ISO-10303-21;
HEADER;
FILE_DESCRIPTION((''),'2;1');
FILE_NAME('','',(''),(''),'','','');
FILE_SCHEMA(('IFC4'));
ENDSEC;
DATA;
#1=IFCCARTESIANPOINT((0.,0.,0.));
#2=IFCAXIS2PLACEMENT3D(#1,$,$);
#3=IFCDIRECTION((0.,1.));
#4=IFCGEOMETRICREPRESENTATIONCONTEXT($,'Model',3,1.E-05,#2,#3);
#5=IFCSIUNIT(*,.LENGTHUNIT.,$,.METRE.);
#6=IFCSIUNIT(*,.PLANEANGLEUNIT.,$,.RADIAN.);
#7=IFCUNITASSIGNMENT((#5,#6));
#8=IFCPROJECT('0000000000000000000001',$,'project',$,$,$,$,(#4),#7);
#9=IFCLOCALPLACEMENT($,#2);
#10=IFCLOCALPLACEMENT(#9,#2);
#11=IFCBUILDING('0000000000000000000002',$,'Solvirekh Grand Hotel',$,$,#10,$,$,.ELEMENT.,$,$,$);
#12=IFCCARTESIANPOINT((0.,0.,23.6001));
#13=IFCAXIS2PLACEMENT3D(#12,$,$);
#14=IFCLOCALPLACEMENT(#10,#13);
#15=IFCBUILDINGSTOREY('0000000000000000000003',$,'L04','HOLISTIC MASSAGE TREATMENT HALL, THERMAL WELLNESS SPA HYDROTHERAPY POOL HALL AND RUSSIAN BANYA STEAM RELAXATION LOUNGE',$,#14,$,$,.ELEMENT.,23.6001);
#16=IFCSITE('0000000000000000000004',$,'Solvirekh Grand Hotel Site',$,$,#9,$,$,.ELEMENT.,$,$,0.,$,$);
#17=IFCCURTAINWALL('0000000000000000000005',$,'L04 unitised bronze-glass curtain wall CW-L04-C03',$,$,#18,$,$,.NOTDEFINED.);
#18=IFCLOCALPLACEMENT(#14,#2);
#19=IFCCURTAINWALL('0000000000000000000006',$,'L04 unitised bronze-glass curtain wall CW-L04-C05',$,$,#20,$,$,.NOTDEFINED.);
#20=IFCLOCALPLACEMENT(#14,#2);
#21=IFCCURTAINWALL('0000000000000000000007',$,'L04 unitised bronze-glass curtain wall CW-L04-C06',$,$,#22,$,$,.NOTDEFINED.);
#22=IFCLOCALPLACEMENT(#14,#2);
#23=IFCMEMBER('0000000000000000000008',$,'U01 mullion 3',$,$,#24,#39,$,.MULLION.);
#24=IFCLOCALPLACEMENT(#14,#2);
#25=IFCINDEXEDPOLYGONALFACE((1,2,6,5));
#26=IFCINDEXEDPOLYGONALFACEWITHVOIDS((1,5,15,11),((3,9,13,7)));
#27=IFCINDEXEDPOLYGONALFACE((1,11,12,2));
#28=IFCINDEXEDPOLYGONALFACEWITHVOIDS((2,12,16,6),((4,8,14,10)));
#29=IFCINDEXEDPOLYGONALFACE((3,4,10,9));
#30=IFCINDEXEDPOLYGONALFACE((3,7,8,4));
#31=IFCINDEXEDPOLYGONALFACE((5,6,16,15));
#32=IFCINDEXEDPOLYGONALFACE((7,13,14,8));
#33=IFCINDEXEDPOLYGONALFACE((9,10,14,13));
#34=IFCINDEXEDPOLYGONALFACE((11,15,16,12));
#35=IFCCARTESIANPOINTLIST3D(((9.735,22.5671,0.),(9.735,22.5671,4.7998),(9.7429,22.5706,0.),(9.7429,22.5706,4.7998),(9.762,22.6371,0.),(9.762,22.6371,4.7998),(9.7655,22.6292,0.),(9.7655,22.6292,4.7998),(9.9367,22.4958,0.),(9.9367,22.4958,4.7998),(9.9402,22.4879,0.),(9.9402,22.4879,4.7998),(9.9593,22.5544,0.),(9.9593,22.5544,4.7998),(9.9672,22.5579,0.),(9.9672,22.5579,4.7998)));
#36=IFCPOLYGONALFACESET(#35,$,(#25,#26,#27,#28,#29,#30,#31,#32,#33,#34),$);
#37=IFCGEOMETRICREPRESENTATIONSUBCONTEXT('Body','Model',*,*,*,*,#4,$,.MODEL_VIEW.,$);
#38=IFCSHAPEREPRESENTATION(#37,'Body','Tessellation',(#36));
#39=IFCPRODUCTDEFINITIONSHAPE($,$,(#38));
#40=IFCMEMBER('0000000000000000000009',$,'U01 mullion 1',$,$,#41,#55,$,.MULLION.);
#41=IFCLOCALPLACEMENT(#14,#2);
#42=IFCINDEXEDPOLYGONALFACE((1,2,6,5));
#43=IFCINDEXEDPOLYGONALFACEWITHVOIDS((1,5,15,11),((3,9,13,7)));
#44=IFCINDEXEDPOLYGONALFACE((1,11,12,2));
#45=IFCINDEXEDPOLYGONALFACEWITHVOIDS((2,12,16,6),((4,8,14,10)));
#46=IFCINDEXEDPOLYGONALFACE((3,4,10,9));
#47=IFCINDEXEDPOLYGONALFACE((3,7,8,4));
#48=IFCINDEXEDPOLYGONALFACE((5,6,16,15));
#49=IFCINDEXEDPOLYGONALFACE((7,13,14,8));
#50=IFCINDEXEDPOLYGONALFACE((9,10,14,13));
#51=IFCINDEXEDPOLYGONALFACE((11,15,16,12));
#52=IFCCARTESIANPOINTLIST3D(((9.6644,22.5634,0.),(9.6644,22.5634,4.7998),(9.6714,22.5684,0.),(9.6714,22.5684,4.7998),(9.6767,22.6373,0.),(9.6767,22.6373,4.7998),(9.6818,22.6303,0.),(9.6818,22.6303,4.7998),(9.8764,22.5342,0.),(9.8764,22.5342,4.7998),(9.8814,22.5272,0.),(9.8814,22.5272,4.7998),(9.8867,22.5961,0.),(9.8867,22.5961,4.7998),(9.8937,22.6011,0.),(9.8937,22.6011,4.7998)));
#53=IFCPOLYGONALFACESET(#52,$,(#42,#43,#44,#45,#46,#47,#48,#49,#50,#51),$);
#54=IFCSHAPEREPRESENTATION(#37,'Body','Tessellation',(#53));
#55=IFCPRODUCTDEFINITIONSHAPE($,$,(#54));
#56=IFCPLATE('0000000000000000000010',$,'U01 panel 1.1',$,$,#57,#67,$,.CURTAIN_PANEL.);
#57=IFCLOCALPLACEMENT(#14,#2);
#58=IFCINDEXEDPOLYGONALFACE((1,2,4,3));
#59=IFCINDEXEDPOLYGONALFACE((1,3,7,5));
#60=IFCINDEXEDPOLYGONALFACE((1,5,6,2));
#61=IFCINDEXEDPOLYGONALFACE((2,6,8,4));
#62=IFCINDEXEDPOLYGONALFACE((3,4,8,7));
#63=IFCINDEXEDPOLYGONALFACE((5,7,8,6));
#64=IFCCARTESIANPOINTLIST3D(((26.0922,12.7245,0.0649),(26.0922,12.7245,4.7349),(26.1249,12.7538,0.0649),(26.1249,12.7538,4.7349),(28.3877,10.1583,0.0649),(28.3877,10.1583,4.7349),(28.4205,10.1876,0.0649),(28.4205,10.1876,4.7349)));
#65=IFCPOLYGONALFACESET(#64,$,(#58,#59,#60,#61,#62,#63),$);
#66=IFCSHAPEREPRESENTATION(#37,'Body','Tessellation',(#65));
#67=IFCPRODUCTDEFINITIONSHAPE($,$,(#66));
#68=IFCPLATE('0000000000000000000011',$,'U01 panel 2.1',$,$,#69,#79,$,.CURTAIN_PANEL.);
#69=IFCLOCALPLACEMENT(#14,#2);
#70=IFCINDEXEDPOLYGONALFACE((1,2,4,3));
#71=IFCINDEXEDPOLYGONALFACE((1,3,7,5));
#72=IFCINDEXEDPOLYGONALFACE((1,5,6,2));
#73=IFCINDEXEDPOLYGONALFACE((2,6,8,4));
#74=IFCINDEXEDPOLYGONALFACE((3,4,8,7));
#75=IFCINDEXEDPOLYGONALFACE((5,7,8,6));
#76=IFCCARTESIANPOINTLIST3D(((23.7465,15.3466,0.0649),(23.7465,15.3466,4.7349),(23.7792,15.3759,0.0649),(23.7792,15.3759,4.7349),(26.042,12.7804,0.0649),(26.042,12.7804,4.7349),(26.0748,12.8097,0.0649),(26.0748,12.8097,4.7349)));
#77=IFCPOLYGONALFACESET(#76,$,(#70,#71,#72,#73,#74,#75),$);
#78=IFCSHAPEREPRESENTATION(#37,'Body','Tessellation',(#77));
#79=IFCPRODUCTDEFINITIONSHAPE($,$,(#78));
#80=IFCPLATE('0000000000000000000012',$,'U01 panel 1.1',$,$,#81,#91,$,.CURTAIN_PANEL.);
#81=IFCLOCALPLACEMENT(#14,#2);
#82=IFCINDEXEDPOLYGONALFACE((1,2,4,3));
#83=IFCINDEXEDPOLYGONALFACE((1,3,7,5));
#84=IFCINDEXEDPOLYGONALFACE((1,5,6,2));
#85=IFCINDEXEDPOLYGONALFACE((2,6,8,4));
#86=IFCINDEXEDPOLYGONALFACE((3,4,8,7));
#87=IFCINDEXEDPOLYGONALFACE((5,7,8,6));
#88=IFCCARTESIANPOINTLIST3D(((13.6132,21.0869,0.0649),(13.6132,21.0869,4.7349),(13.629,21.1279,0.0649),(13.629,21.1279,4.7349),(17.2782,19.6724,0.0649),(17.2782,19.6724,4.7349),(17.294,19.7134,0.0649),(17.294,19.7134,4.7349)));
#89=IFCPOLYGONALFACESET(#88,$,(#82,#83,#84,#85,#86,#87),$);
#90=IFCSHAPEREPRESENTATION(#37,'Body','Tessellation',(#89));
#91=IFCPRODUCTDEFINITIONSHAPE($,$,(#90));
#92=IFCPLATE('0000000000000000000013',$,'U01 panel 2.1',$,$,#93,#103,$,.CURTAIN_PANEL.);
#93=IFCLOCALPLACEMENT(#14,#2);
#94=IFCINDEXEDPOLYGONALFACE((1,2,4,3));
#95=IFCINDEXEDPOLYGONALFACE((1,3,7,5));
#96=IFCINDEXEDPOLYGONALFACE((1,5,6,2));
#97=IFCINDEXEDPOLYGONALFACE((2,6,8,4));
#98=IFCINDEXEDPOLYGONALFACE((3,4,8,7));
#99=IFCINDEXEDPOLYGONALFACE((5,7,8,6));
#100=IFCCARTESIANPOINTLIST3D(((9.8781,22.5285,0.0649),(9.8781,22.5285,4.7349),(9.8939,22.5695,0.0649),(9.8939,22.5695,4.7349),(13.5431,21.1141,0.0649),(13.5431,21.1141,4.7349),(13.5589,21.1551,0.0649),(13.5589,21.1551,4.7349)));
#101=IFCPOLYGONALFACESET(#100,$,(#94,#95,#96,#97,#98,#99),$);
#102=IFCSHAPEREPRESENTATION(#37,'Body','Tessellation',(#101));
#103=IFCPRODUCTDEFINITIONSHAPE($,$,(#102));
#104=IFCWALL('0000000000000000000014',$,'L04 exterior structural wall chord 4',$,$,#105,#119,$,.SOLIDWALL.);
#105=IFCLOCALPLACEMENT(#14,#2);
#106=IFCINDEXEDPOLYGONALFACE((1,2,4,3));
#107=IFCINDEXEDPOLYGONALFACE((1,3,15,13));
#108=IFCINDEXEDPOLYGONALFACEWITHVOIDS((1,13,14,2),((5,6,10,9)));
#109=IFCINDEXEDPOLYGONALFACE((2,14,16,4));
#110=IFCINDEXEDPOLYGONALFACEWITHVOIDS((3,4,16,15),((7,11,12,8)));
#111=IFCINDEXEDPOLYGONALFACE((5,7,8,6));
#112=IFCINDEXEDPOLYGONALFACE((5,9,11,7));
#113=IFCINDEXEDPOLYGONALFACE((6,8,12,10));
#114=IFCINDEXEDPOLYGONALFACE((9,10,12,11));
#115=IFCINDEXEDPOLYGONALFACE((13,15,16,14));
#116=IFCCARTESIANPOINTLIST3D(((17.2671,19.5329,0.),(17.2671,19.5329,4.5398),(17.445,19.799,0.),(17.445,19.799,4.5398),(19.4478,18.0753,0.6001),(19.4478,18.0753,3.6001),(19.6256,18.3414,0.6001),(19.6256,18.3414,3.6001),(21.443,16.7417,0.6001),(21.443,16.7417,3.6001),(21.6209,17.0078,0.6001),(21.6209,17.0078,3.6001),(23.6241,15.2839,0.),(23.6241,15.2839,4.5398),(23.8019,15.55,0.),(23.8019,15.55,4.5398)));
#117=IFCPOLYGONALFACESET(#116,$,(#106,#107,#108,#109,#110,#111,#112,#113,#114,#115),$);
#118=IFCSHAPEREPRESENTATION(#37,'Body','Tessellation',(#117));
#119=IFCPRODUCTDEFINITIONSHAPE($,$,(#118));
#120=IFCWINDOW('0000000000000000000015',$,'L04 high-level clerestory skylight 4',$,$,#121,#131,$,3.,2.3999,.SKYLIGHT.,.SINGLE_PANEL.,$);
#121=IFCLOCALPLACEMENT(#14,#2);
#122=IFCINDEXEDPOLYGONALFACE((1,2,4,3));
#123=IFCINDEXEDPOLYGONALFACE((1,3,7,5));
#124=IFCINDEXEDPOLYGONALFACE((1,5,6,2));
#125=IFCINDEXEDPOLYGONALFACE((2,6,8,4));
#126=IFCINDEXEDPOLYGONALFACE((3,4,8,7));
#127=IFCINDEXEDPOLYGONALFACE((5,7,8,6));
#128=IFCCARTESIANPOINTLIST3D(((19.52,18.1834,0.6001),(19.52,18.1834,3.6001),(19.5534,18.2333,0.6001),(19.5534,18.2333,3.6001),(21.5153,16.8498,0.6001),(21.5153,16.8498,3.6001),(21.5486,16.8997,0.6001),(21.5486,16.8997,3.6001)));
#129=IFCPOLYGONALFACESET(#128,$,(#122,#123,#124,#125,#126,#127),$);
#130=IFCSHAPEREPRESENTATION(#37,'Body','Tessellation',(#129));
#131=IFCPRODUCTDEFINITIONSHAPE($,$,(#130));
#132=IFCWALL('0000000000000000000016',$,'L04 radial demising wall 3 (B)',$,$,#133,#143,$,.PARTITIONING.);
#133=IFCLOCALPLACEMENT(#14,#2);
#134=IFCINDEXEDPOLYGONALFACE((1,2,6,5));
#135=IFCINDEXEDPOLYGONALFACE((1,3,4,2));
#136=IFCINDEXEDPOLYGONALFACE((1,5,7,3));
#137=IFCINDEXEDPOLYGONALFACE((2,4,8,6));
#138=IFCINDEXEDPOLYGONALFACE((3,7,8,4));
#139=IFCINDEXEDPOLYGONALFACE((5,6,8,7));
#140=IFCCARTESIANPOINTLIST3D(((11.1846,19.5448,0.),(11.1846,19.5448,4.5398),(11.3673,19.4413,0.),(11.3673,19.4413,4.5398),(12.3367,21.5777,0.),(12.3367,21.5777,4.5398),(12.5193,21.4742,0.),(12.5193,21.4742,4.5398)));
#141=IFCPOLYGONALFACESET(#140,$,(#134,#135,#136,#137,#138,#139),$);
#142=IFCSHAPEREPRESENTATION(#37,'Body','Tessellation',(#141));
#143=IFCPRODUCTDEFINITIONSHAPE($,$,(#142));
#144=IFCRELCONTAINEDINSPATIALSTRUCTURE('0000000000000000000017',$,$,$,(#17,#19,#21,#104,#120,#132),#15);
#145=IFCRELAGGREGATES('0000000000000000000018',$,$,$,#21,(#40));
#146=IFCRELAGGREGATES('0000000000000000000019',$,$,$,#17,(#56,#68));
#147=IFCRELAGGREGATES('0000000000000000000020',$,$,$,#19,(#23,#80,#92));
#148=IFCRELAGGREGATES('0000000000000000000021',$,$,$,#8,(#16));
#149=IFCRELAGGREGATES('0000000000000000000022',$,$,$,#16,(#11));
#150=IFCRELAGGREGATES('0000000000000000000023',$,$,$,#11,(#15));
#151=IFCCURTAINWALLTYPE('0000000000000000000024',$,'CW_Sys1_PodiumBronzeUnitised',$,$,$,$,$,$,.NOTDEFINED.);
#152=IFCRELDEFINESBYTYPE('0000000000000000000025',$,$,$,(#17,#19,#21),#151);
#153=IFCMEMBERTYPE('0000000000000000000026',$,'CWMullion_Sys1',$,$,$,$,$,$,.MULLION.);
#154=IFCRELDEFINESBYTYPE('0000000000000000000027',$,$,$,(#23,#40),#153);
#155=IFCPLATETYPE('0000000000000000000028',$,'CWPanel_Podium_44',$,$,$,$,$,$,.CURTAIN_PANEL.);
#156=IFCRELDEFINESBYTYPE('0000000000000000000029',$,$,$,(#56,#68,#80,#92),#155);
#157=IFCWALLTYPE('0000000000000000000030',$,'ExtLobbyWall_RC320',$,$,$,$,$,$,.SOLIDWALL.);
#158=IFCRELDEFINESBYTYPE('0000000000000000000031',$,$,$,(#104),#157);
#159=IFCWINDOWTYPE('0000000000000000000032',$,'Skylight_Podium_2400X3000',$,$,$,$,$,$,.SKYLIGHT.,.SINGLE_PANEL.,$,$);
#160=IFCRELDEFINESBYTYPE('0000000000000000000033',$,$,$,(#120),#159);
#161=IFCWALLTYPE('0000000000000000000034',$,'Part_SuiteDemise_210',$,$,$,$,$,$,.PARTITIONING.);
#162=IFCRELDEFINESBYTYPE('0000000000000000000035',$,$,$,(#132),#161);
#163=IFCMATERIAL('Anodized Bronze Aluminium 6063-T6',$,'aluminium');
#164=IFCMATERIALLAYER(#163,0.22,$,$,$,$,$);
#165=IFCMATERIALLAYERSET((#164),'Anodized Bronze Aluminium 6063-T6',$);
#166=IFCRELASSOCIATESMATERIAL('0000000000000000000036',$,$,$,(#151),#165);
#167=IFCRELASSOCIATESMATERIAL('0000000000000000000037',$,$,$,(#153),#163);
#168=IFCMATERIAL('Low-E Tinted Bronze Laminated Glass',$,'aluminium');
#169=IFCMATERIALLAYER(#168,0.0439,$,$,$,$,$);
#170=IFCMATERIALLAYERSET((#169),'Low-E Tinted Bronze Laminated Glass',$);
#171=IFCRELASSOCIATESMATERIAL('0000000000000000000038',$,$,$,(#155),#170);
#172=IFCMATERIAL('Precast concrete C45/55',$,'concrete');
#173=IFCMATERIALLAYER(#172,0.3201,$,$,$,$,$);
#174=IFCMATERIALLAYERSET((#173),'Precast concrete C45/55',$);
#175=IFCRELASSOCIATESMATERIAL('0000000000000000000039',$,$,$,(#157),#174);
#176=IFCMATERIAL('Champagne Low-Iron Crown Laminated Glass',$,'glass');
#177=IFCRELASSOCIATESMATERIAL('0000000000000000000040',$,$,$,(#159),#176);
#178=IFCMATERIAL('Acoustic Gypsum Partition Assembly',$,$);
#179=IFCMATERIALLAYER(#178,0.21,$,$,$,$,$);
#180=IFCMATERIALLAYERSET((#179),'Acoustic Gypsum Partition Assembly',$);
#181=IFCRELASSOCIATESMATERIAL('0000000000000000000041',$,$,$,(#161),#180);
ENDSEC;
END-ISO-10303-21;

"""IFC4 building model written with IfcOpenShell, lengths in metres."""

from ifc_helpers import new_model, si_unit, direction, frame, frame_2d, origin, origin_2d, place, context, subcontext, project, spatial, rectangle, hollow_rectangle, extrude, source, transform, mapped, material, layer, layer_set, material_profile, profile_set, type_object, element, fill, aggregate, save


model = new_model("IFC4")

# Units and contexts
model_context = context("Model", 3, precision=1e-05, world=origin(), true_north=direction((0.0, 1.0)))
body_context = subcontext(model_context, "Body", "Model", "MODEL_VIEW")
ifc_project = project(units=[si_unit("LENGTHUNIT", "METRE"), si_unit("PLANEANGLEUNIT", "RADIAN")], contexts=[model_context])

# Site, building, storey
site_placement = place(None, origin())
site = spatial("IfcSite", under=ifc_project, at=site_placement, Name="Solvirekh Grand Hotel Site", CompositionType="ELEMENT", RefElevation=0.0)
building_placement = place(site_placement, origin())
building = spatial("IfcBuilding", under=site, at=building_placement, Name="Solvirekh Grand Hotel", CompositionType="ELEMENT")
storey_placement = place(building_placement, frame((0.0, 0.0, 23.6001)))
storey = spatial("IfcBuildingStorey", under=building, at=storey_placement, Name="L04", Description="HOLISTIC MASSAGE TREATMENT HALL, THERMAL WELLNESS SPA HYDROTHERAPY POOL HALL AND RUSSIAN BANYA STEAM RELAXATION LOUNGE", CompositionType="ELEMENT", Elevation=23.6001)

# Curtain walls
ifc_material_1 = material(Name="Anodized Bronze Aluminium 6063-T6", Category="aluminium")
ifc_layer_1 = layer(ifc_material_1, 0.22)
ifc_layer_set_1 = layer_set([ifc_layer_1], Name="Anodized Bronze Aluminium 6063-T6")
curtain_wall_type = type_object("IfcCurtainWallType", Name="CW_Sys1_PodiumBronzeUnitised", PredefinedType="NOTDEFINED", material=ifc_layer_set_1)
curtain_wall_1_placement = place(storey_placement, origin())
curtain_wall_1 = element("IfcCurtainWall", 1, at=curtain_wall_1_placement, inside=storey, type_object=curtain_wall_type, Name="L04 unitised bronze-glass curtain wall CW-L04-C03", PredefinedType="NOTDEFINED")
curtain_wall_2_placement = place(storey_placement, origin())
curtain_wall_2 = element("IfcCurtainWall", 2, at=curtain_wall_2_placement, inside=storey, type_object=curtain_wall_type, Name="L04 unitised bronze-glass curtain wall CW-L04-C05", PredefinedType="NOTDEFINED")
curtain_wall_3_placement = place(storey_placement, origin())
curtain_wall_3 = element("IfcCurtainWall", 3, at=curtain_wall_3_placement, inside=storey, type_object=curtain_wall_type, Name="L04 unitised bronze-glass curtain wall CW-L04-C06", PredefinedType="NOTDEFINED")

# Members
ifc_material_profile_1 = material_profile(ifc_material_1, hollow_rectangle(XDim=0.075, YDim=0.22, WallThickness=0.0061, at=origin_2d()), Name="ALU RHS 220X75X6")
ifc_profile_set_1 = profile_set([ifc_material_profile_1], Name="Anodized Bronze Aluminium 6063-T6")
member_type_1 = type_object("IfcMemberType", Name="CWMullion_Sys1", PredefinedType="MULLION", material=ifc_profile_set_1)
shared_shape_1 = source(origin(), body_context, "Body", "SweptSolid", [
    extrude(hollow_rectangle(XDim=0.075, YDim=0.22, WallThickness=0.0061, at=origin_2d()), origin(), (0.0, 0.0, 1.0), 4.7998),
])
member_1_placement = place(storey_placement, frame((9.8511, 22.5625, 0.0), z_axis=(0.0, 0.0, 1.0), x_axis=(-0.360057, -0.93293, 0.0)))
member_1 = element("IfcMember", 4, at=member_1_placement, type_object=member_type_1, Name="U01 mullion 3", PredefinedType="MULLION", context=body_context, shape_type="MappedRepresentation", body=[
    mapped(shared_shape_1, transform((0.0, 0.0, 0.0), x_axis=(1.0, 0.0, 0.0), y_axis=(0.0, 1.0, 0.0), z_axis=(0.0, 0.0, 1.0), scale=1.0)),
])
member_2_placement = place(storey_placement, frame((9.7791, 22.5823, 0.0), z_axis=(0.0, 0.0, 1.0), x_axis=(-0.164613, -0.986358, 0.0)))
member_2 = element("IfcMember", 5, at=member_2_placement, type_object=member_type_1, Name="U01 mullion 1", PredefinedType="MULLION", context=body_context, shape_type="MappedRepresentation", body=[
    mapped(shared_shape_1, transform((0.0, 0.0, 0.0), x_axis=(1.0, 0.0, 0.0), y_axis=(0.0, 1.0, 0.0), z_axis=(0.0, 0.0, 1.0), scale=1.0)),
])
aggregate(curtain_wall_3, [member_2])

# Plates
ifc_material_2 = material(Name="Low-E Tinted Bronze Laminated Glass", Category="aluminium")
ifc_layer_2 = layer(ifc_material_2, 0.0439)
ifc_layer_set_2 = layer_set([ifc_layer_2], Name="Low-E Tinted Bronze Laminated Glass")
plate_type = type_object("IfcPlateType", Name="CWPanel_Podium_44", PredefinedType="CURTAIN_PANEL", material=ifc_layer_set_2)
shared_shape_2 = source(origin(), body_context, "Body", "SweptSolid", [
    extrude(rectangle(XDim=3.4431, YDim=0.0439, at=origin_2d()), origin(), (0.0, 0.0, 1.0), 4.6699),
])
plate_1_placement = place(storey_placement, frame((27.2563, 11.4561, 0.0649), z_axis=(0.0, 0.0, 1.0), x_axis=(-0.666709, 0.745319, 0.0)))
plate_1 = element("IfcPlate", 6, at=plate_1_placement, type_object=plate_type, Name="U01 panel 1.1", PredefinedType="CURTAIN_PANEL", context=body_context, shape_type="MappedRepresentation", body=[
    mapped(shared_shape_2, transform((0.0, 0.0, 0.0), x_axis=(1.0, 0.0, 0.0), y_axis=(0.0, 1.0, 0.0), z_axis=(0.0, 0.0, 1.0), scale=1.0)),
])
plate_2_placement = place(storey_placement, frame((24.9106, 14.0781, 0.0649), z_axis=(0.0, 0.0, 1.0), x_axis=(-0.666709, 0.745319, 0.0)))
plate_2 = element("IfcPlate", 7, at=plate_2_placement, type_object=plate_type, Name="U01 panel 2.1", PredefinedType="CURTAIN_PANEL", context=body_context, shape_type="MappedRepresentation", body=[
    mapped(shared_shape_2, transform((0.0, 0.0, 0.0), x_axis=(1.0, 0.0, 0.0), y_axis=(0.0, 1.0, 0.0), z_axis=(0.0, 0.0, 1.0), scale=1.0)),
])
aggregate(curtain_wall_1, [plate_1, plate_2])
shared_shape_3 = source(origin(), body_context, "Body", "SweptSolid", [
    extrude(rectangle(XDim=3.9285, YDim=0.0439, at=origin_2d()), origin(), (0.0, 0.0, 1.0), 4.6699),
])
plate_3_placement = place(storey_placement, frame((15.4536, 20.4001, 0.0649), z_axis=(0.0, 0.0, 1.0), x_axis=(-0.93293, 0.360057, 0.0)))
plate_3 = element("IfcPlate", 8, at=plate_3_placement, type_object=plate_type, Name="U01 panel 1.1", PredefinedType="CURTAIN_PANEL", context=body_context, shape_type="MappedRepresentation", body=[
    mapped(shared_shape_3, transform((0.0, 0.0, 0.0), x_axis=(1.0, 0.0, 0.0), y_axis=(0.0, 1.0, 0.0), z_axis=(0.0, 0.0, 1.0), scale=1.0)),
])
plate_4_placement = place(storey_placement, frame((11.7185, 21.8418, 0.0649), z_axis=(0.0, 0.0, 1.0), x_axis=(-0.93293, 0.360057, 0.0)))
plate_4 = element("IfcPlate", 9, at=plate_4_placement, type_object=plate_type, Name="U01 panel 2.1", PredefinedType="CURTAIN_PANEL", context=body_context, shape_type="MappedRepresentation", body=[
    mapped(shared_shape_3, transform((0.0, 0.0, 0.0), x_axis=(1.0, 0.0, 0.0), y_axis=(0.0, 1.0, 0.0), z_axis=(0.0, 0.0, 1.0), scale=1.0)),
])
aggregate(curtain_wall_2, [member_1, plate_3, plate_4])

# Wall, opening, window
ifc_material_3 = material(Name="Precast concrete C45/55", Category="concrete")
ifc_layer_3 = layer(ifc_material_3, 0.3201)
ifc_layer_set_3 = layer_set([ifc_layer_3], Name="Precast concrete C45/55")
wall_type_1 = type_object("IfcWallType", Name="ExtLobbyWall_RC320", PredefinedType="SOLIDWALL", material=ifc_layer_set_3)
wall_1_placement = place(storey_placement, frame((17.356, 19.666, 0.0), z_axis=(0.0, 0.0, 1.0), x_axis=(0.831382, -0.555702, 0.0)))
wall_1 = element("IfcWall", 10, at=wall_1_placement, inside=storey, type_object=wall_type_1, Name="L04 exterior structural wall chord 4", PredefinedType="SOLIDWALL", context=body_context, shape_type="SweptSolid", body=[
    extrude(rectangle(XDim=7.6462, YDim=0.3201, at=frame_2d((3.8232, 0.0))), origin(), (0.0, 0.0, 1.0), 4.5398),
])
opening_placement = place(wall_1_placement, frame((2.623, 0.0, 0.6001)))
opening = element("IfcOpeningElement", 11, at=opening_placement, cuts=wall_1, PredefinedType="OPENING", context=body_context, shape_type="SweptSolid", body=[
    extrude(rectangle(XDim=2.3999, YDim=3.0, at=frame_2d((1.2, 1.5))), frame((0.0, 0.1699, 0.0), z_axis=(0.0, -1.0, 0.0), x_axis=(1.0, 0.0, 0.0)), (0.0, 0.0, 1.0), 0.3401),
])
ifc_material_4 = material(Name="Champagne Low-Iron Crown Laminated Glass", Category="glass")
window_type = type_object("IfcWindowType", Name="Skylight_Podium_2400X3000", PartitioningType="SINGLE_PANEL", PredefinedType="SKYLIGHT", material=ifc_material_4)
window_placement = place(opening_placement, origin())
window = element("IfcWindow", 12, at=window_placement, inside=storey, type_object=window_type, Name="L04 high-level clerestory skylight 4", OverallHeight=3.0, OverallWidth=2.3999, PartitioningType="SINGLE_PANEL", PredefinedType="SKYLIGHT", context=body_context, shape_type="SweptSolid", body=[
    extrude(rectangle(XDim=2.3999, YDim=3.0, at=frame_2d((1.2, 1.5))), frame((0.0, 0.03, 0.0), z_axis=(0.0, -1.0, 0.0), x_axis=(1.0, 0.0, 0.0)), (0.0, 0.0, 1.0), 0.0601),
])
fill(opening, window)

# Wall
ifc_material_5 = material(Name="Acoustic Gypsum Partition Assembly")
ifc_layer_4 = layer(ifc_material_5, 0.21)
ifc_layer_set_4 = layer_set([ifc_layer_4], Name="Acoustic Gypsum Partition Assembly")
wall_type_2 = type_object("IfcWallType", Name="Part_SuiteDemise_210", PredefinedType="PARTITIONING", material=ifc_layer_set_4)
wall_2_placement = place(storey_placement, frame((11.2759, 19.4929, 0.0), z_axis=(0.0, 0.0, 1.0), x_axis=(0.493042, 0.870006, 0.0)))
element("IfcWall", 13, at=wall_2_placement, inside=storey, type_object=wall_type_2, Name="L04 radial demising wall 3 (B)", PredefinedType="PARTITIONING", context=body_context, shape_type="SweptSolid", body=[
    extrude(rectangle(XDim=2.3367, YDim=0.21, at=frame_2d((1.1685, 0.0))), origin(), (0.0, 0.0, 1.0), 4.5398),
])

save(model, "model.ifc")
